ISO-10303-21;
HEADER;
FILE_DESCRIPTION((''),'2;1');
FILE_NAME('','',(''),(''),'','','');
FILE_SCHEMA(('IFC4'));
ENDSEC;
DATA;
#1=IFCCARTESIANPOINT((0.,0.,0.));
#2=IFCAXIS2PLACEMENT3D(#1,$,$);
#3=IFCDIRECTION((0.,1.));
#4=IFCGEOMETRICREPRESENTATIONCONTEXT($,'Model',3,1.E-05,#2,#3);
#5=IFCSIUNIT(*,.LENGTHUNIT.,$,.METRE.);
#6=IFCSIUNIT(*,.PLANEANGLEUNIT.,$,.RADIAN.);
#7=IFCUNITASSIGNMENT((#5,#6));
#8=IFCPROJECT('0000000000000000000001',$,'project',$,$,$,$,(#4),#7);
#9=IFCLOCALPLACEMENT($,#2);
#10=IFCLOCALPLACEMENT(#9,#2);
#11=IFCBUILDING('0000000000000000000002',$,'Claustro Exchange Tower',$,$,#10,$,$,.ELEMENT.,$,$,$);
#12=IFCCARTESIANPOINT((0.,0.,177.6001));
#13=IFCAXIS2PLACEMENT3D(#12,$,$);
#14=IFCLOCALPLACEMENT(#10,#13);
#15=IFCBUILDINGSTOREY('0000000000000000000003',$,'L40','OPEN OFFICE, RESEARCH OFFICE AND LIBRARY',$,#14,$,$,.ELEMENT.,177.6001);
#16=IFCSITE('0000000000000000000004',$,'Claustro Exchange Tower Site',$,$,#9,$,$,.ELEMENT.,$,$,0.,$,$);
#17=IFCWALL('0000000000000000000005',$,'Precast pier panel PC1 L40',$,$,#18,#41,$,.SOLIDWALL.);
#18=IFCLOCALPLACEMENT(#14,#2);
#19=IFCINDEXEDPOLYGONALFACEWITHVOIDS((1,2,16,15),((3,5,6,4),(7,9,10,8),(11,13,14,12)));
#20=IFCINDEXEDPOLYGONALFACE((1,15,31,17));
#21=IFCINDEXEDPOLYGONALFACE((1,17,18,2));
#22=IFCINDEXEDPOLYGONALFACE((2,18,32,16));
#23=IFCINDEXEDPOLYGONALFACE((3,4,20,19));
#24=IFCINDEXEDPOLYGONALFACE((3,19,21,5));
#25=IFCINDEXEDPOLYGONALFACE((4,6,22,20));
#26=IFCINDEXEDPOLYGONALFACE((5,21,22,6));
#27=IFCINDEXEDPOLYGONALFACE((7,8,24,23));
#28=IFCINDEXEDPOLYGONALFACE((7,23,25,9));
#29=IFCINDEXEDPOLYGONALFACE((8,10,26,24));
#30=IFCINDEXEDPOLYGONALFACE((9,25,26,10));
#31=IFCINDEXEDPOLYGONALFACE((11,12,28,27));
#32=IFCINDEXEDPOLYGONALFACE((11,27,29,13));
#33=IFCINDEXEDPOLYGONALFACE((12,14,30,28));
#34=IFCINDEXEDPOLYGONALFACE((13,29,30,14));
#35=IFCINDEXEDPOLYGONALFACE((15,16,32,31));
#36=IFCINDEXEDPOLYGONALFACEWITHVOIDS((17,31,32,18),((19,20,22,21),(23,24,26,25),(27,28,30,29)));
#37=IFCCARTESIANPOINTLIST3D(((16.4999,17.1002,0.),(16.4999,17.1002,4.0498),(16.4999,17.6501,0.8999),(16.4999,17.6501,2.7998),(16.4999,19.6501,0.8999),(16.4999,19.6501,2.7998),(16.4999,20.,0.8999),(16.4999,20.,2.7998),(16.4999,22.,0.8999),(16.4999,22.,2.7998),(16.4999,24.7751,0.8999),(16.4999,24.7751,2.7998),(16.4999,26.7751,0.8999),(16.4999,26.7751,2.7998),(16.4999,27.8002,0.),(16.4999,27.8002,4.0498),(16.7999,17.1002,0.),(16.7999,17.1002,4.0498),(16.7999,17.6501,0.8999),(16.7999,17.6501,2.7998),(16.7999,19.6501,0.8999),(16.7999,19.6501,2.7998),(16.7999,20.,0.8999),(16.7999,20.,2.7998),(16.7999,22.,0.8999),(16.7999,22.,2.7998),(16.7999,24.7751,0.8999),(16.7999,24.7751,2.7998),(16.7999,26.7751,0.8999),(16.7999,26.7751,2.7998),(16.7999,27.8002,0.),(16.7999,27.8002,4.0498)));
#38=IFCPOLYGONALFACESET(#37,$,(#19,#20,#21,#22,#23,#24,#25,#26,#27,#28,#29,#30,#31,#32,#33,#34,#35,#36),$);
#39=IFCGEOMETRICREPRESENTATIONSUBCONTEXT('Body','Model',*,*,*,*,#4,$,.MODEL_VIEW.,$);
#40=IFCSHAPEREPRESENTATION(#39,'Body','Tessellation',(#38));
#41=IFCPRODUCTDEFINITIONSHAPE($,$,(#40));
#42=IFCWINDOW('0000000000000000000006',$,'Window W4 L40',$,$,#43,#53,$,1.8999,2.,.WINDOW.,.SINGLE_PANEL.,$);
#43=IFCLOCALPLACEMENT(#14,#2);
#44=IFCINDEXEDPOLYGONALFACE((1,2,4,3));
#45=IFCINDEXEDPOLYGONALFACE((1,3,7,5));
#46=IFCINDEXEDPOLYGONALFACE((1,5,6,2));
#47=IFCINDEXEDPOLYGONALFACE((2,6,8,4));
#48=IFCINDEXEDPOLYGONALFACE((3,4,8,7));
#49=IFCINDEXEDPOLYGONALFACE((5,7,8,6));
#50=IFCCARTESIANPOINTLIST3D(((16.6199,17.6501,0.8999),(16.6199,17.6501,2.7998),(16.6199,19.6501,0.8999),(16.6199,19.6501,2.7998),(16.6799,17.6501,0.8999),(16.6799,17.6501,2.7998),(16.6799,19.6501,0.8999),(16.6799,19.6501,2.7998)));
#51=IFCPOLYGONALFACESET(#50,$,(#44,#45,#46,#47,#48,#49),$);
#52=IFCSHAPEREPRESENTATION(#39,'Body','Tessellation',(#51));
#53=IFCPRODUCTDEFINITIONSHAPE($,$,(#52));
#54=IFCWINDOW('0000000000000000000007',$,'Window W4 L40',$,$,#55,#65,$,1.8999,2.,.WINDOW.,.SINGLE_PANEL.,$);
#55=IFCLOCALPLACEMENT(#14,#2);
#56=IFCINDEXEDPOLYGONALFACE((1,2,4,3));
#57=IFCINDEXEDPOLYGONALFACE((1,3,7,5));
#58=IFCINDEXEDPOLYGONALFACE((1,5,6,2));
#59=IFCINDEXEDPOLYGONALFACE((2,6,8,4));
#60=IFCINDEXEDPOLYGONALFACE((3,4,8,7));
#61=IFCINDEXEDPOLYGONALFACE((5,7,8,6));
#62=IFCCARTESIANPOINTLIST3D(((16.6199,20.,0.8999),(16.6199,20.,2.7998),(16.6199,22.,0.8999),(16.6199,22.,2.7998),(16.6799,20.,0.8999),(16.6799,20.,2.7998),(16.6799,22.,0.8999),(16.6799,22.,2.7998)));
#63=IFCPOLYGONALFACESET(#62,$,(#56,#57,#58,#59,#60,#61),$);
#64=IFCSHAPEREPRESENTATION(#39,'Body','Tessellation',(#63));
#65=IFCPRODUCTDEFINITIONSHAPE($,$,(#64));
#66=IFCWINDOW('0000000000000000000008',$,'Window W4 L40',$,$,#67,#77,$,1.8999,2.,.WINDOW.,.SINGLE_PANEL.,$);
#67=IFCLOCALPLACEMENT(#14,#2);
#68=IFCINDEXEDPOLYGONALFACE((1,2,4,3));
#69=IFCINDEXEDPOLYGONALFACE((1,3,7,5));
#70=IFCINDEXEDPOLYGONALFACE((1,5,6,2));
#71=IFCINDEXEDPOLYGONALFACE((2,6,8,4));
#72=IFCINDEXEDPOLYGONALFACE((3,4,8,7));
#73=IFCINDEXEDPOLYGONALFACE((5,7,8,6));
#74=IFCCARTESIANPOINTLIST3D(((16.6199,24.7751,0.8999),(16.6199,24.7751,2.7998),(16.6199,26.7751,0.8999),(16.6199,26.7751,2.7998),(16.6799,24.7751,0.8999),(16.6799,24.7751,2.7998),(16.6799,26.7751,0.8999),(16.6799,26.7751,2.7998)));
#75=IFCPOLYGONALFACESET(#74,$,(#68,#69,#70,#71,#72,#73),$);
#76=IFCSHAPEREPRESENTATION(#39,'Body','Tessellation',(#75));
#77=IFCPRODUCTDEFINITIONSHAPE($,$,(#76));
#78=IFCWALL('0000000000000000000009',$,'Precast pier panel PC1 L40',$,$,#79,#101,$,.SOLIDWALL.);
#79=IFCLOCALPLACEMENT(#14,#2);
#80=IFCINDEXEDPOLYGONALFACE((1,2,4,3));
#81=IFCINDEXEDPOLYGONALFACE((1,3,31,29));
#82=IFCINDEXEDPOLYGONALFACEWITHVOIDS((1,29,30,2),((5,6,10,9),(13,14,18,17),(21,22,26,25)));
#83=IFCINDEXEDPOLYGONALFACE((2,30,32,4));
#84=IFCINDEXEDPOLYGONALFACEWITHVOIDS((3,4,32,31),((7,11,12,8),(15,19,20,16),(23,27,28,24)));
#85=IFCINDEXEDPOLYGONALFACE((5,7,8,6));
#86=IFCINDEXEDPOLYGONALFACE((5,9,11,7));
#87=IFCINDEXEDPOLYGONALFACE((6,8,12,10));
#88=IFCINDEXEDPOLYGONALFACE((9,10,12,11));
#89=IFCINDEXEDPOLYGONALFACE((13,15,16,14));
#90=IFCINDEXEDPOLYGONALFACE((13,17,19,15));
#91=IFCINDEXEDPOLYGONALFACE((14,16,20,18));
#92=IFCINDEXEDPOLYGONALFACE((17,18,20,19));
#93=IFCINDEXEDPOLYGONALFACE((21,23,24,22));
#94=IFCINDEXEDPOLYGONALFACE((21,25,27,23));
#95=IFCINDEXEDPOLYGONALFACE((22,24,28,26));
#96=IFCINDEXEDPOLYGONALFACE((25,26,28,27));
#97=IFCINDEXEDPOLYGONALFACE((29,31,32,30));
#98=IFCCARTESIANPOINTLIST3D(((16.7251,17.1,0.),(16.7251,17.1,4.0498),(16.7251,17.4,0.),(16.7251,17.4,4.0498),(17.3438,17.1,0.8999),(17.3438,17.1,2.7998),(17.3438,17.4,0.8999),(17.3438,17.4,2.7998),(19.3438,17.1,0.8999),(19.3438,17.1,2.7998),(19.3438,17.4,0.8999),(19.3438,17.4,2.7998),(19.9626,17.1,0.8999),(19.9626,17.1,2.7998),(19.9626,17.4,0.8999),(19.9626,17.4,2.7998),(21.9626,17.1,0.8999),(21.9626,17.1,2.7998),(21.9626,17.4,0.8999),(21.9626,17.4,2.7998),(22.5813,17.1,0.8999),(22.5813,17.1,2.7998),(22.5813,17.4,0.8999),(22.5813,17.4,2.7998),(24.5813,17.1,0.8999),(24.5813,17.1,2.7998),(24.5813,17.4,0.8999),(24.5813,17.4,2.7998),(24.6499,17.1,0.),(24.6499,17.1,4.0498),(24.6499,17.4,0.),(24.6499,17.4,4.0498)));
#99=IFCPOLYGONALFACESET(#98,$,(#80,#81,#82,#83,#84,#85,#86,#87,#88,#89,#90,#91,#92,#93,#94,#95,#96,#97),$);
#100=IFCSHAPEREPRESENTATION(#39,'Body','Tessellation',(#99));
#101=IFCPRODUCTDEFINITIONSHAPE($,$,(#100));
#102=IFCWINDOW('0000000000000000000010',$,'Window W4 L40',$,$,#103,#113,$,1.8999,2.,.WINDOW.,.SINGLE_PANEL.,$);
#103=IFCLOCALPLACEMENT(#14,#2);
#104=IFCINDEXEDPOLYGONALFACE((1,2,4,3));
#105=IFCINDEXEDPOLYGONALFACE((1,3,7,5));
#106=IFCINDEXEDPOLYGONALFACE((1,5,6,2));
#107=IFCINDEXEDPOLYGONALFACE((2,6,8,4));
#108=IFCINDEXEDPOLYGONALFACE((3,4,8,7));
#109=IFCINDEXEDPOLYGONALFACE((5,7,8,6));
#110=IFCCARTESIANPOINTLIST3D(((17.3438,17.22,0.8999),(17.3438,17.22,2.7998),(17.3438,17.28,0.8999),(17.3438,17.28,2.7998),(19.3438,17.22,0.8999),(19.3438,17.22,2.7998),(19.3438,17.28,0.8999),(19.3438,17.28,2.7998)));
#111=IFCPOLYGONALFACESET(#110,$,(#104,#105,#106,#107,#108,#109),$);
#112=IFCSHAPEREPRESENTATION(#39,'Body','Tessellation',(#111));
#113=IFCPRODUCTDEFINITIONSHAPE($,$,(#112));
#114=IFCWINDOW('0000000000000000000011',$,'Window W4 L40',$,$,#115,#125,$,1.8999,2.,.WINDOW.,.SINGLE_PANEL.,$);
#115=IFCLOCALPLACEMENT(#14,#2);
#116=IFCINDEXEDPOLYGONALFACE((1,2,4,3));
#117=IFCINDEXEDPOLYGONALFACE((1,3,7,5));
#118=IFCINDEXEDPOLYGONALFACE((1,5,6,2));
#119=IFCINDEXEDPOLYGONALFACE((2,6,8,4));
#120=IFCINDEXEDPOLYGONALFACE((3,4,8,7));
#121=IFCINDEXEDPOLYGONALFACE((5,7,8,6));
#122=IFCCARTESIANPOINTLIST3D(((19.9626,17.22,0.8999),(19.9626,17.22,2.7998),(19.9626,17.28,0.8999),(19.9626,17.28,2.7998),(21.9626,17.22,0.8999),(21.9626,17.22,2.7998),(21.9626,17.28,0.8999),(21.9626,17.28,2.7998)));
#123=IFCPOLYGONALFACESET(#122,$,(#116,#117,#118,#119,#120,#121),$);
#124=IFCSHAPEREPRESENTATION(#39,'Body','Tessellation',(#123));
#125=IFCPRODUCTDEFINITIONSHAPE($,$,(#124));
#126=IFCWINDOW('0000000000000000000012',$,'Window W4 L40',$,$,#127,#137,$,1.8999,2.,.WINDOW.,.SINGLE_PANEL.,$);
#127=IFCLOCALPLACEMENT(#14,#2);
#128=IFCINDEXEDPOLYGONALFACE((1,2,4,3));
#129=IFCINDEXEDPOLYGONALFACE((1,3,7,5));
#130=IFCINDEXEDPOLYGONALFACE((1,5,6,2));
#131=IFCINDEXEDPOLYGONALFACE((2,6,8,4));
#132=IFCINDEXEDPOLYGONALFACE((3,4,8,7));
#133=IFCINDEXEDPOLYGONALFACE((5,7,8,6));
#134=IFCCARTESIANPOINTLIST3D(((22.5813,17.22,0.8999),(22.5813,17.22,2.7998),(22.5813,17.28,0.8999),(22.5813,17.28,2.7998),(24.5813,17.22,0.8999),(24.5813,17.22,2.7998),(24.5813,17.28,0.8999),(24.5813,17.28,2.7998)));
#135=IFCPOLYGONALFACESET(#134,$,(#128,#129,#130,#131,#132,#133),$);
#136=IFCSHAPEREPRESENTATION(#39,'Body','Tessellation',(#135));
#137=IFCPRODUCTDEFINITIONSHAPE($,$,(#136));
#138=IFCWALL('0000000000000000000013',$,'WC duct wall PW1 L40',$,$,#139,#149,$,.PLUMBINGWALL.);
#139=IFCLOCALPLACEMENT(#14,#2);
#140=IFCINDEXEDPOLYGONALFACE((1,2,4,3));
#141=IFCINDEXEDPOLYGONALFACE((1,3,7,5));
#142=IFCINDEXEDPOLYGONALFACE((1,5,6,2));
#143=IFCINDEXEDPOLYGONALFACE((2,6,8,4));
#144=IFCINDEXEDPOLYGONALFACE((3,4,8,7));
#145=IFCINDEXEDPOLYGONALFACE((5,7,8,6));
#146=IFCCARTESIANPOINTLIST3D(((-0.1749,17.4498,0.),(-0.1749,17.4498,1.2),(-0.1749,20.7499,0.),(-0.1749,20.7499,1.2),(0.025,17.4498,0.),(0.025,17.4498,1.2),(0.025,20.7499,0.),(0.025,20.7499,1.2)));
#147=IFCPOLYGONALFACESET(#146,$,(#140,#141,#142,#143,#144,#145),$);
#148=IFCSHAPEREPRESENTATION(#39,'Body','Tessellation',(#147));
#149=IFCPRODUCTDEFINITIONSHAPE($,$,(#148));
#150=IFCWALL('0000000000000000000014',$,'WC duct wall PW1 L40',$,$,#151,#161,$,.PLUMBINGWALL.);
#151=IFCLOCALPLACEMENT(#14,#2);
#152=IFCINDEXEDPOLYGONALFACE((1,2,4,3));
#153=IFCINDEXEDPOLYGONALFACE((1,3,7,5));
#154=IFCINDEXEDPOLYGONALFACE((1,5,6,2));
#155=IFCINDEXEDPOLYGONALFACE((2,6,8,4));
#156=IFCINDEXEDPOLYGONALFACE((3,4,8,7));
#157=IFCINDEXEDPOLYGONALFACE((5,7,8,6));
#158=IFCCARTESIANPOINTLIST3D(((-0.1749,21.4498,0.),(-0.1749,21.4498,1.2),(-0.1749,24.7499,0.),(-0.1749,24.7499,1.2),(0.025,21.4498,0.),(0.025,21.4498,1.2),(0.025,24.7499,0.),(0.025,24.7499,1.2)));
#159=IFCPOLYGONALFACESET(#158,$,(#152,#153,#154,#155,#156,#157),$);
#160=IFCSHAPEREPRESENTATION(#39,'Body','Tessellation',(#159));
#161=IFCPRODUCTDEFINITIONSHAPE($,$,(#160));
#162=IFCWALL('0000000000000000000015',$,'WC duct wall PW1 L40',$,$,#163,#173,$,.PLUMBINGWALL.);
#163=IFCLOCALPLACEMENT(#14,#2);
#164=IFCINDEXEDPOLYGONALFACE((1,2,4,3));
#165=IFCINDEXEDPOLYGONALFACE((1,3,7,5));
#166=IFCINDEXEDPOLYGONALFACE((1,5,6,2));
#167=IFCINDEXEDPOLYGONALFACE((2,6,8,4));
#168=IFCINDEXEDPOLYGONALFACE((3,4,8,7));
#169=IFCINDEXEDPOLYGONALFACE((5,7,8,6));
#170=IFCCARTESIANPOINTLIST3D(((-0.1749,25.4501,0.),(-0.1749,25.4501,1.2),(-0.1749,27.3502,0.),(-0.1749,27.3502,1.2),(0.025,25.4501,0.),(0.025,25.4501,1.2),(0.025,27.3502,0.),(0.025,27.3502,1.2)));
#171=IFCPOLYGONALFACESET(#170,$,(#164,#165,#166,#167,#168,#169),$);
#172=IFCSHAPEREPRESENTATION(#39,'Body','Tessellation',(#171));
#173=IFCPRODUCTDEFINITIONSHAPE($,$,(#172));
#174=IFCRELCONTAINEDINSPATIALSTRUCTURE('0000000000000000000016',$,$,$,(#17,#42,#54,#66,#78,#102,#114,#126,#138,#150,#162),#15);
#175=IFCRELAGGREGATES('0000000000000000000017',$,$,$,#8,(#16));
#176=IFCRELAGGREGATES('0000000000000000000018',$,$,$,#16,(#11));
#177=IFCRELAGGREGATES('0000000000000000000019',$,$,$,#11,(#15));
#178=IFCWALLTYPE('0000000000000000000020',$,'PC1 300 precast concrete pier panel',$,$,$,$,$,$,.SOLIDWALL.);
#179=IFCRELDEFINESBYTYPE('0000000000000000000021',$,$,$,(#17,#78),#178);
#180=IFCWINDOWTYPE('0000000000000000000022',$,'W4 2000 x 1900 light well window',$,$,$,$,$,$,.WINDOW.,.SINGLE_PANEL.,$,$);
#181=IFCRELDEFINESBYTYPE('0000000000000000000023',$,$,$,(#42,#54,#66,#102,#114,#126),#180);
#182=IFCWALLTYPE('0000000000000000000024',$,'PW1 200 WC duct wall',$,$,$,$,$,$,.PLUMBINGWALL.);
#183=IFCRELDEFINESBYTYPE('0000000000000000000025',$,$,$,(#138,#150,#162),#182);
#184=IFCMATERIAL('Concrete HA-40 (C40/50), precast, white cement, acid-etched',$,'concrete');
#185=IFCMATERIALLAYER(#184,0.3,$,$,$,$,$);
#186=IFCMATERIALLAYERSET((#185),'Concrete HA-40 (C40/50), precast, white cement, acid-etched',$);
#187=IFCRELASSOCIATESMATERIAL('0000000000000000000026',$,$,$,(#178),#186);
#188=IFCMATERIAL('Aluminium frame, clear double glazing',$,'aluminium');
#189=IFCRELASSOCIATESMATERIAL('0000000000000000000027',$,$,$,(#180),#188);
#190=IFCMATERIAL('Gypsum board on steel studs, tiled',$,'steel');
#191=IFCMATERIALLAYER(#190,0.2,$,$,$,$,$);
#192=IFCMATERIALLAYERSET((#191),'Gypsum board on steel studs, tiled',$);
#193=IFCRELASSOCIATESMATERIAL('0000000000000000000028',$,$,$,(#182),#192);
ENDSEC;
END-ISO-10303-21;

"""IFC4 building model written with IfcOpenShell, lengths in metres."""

from ifc_helpers import new_model, si_unit, direction, frame, frame_2d, origin, place, context, subcontext, project, spatial, rectangle, extrude, material, layer, layer_set, type_object, element, fill, save


model = new_model("IFC4")

# Units and contexts
model_context = context("Model", 3, precision=1e-05, world=origin(), true_north=direction((0.0, 1.0)))
body_context = subcontext(model_context, "Body", "Model", "MODEL_VIEW")
ifc_project = project(units=[si_unit("LENGTHUNIT", "METRE"), si_unit("PLANEANGLEUNIT", "RADIAN")], contexts=[model_context])

# Site, building, storey
site_placement = place(None, origin())
site = spatial("IfcSite", under=ifc_project, at=site_placement, Name="Claustro Exchange Tower Site", CompositionType="ELEMENT", RefElevation=0.0)
building_placement = place(site_placement, origin())
building = spatial("IfcBuilding", under=site, at=building_placement, Name="Claustro Exchange Tower", CompositionType="ELEMENT")
storey_placement = place(building_placement, frame((0.0, 0.0, 177.6001)))
storey = spatial("IfcBuildingStorey", under=building, at=storey_placement, Name="L40", Description="OPEN OFFICE, RESEARCH OFFICE AND LIBRARY", CompositionType="ELEMENT", Elevation=177.6001)

# Walls, openings, windows
ifc_material_1 = material(Name="Concrete HA-40 (C40/50), precast, white cement, acid-etched", Category="concrete")
ifc_layer_1 = layer(ifc_material_1, 0.3)
ifc_layer_set_1 = layer_set([ifc_layer_1], Name="Concrete HA-40 (C40/50), precast, white cement, acid-etched")
wall_type_1 = type_object("IfcWallType", Name="PC1 300 precast concrete pier panel", PredefinedType="SOLIDWALL", material=ifc_layer_set_1)
wall_1_placement = place(storey_placement, frame((16.6499, 17.1001, 0.0), z_axis=(0.0, 0.0, 1.0), x_axis=(0.0, 1.0, 0.0)))
wall_1 = element("IfcWall", 1, at=wall_1_placement, inside=storey, type_object=wall_type_1, Name="Precast pier panel PC1 L40", PredefinedType="SOLIDWALL", context=body_context, shape_type="SweptSolid", body=[
    extrude(rectangle(XDim=10.7, YDim=0.3, at=frame_2d((5.3501, 0.0))), origin(), (0.0, 0.0, 1.0), 4.0498),
])
opening_1_placement = place(wall_1_placement, frame((0.55, 0.0, 0.8999)))
opening_1 = element("IfcOpeningElement", 2, at=opening_1_placement, cuts=wall_1, PredefinedType="OPENING", context=body_context, shape_type="SweptSolid", body=[
    extrude(rectangle(XDim=2.0, YDim=1.8999, at=frame_2d((1.0, 0.95))), frame((0.0, 0.1599, 0.0), z_axis=(0.0, -1.0, 0.0), x_axis=(1.0, 0.0, 0.0)), (0.0, 0.0, 1.0), 0.3201),
])
opening_2_placement = place(wall_1_placement, frame((2.8999, 0.0, 0.8999)))
opening_2 = element("IfcOpeningElement", 3, at=opening_2_placement, cuts=wall_1, PredefinedType="OPENING", context=body_context, shape_type="SweptSolid", body=[
    extrude(rectangle(XDim=2.0, YDim=1.8999, at=frame_2d((1.0, 0.95))), frame((0.0, 0.1599, 0.0), z_axis=(0.0, -1.0, 0.0), x_axis=(1.0, 0.0, 0.0)), (0.0, 0.0, 1.0), 0.3201),
])
opening_3_placement = place(wall_1_placement, frame((7.675, 0.0, 0.8999)))
opening_3 = element("IfcOpeningElement", 4, at=opening_3_placement, cuts=wall_1, PredefinedType="OPENING", context=body_context, shape_type="SweptSolid", body=[
    extrude(rectangle(XDim=2.0, YDim=1.8999, at=frame_2d((1.0, 0.95))), frame((0.0, 0.1599, 0.0), z_axis=(0.0, -1.0, 0.0), x_axis=(1.0, 0.0, 0.0)), (0.0, 0.0, 1.0), 0.3201),
])
ifc_material_2 = material(Name="Aluminium frame, clear double glazing", Category="aluminium")
window_type = type_object("IfcWindowType", Name="W4 2000 x 1900 light well window", PartitioningType="SINGLE_PANEL", PredefinedType="WINDOW", material=ifc_material_2)
window_1_placement = place(opening_1_placement, origin())
window_1 = element("IfcWindow", 5, at=window_1_placement, inside=storey, type_object=window_type, Name="Window W4 L40", OverallHeight=1.8999, OverallWidth=2.0, PartitioningType="SINGLE_PANEL", PredefinedType="WINDOW", context=body_context, shape_type="SweptSolid", body=[
    extrude(rectangle(XDim=2.0, YDim=1.8999, at=frame_2d((1.0, 0.95))), frame((0.0, 0.03, 0.0), z_axis=(0.0, -1.0, 0.0), x_axis=(1.0, 0.0, 0.0)), (0.0, 0.0, 1.0), 0.0601),
])
fill(opening_1, window_1)
window_2_placement = place(opening_2_placement, origin())
window_2 = element("IfcWindow", 6, at=window_2_placement, inside=storey, type_object=window_type, Name="Window W4 L40", OverallHeight=1.8999, OverallWidth=2.0, PartitioningType="SINGLE_PANEL", PredefinedType="WINDOW", context=body_context, shape_type="SweptSolid", body=[
    extrude(rectangle(XDim=2.0, YDim=1.8999, at=frame_2d((1.0, 0.95))), frame((0.0, 0.03, 0.0), z_axis=(0.0, -1.0, 0.0), x_axis=(1.0, 0.0, 0.0)), (0.0, 0.0, 1.0), 0.0601),
])
fill(opening_2, window_2)
window_3_placement = place(opening_3_placement, origin())
window_3 = element("IfcWindow", 7, at=window_3_placement, inside=storey, type_object=window_type, Name="Window W4 L40", OverallHeight=1.8999, OverallWidth=2.0, PartitioningType="SINGLE_PANEL", PredefinedType="WINDOW", context=body_context, shape_type="SweptSolid", body=[
    extrude(rectangle(XDim=2.0, YDim=1.8999, at=frame_2d((1.0, 0.95))), frame((0.0, 0.03, 0.0), z_axis=(0.0, -1.0, 0.0), x_axis=(1.0, 0.0, 0.0)), (0.0, 0.0, 1.0), 0.0601),
])
fill(opening_3, window_3)
wall_2_placement = place(storey_placement, frame((16.7251, 17.25, 0.0), z_axis=(0.0, 0.0, 1.0), x_axis=(1.0, 0.0, 0.0)))
wall_2 = element("IfcWall", 8, at=wall_2_placement, inside=storey, type_object=wall_type_1, Name="Precast pier panel PC1 L40", PredefinedType="SOLIDWALL", context=body_context, shape_type="SweptSolid", body=[
    extrude(rectangle(XDim=7.9248, YDim=0.3, at=frame_2d((3.9624, 0.0))), origin(), (0.0, 0.0, 1.0), 4.0498),
])
opening_4_placement = place(wall_2_placement, frame((0.6187, 0.0, 0.8999)))
opening_4 = element("IfcOpeningElement", 9, at=opening_4_placement, cuts=wall_2, PredefinedType="OPENING", context=body_context, shape_type="SweptSolid", body=[
    extrude(rectangle(XDim=2.0, YDim=1.8999, at=frame_2d((1.0, 0.95))), frame((0.0, 0.1599, 0.0), z_axis=(0.0, -1.0, 0.0), x_axis=(1.0, 0.0, 0.0)), (0.0, 0.0, 1.0), 0.3201),
])
opening_5_placement = place(wall_2_placement, frame((3.2375, 0.0, 0.8999)))
opening_5 = element("IfcOpeningElement", 10, at=opening_5_placement, cuts=wall_2, PredefinedType="OPENING", context=body_context, shape_type="SweptSolid", body=[
    extrude(rectangle(XDim=2.0, YDim=1.8999, at=frame_2d((1.0, 0.95))), frame((0.0, 0.1599, 0.0), z_axis=(0.0, -1.0, 0.0), x_axis=(1.0, 0.0, 0.0)), (0.0, 0.0, 1.0), 0.3201),
])
opening_6_placement = place(wall_2_placement, frame((5.8562, 0.0, 0.8999)))
opening_6 = element("IfcOpeningElement", 11, at=opening_6_placement, cuts=wall_2, PredefinedType="OPENING", context=body_context, shape_type="SweptSolid", body=[
    extrude(rectangle(XDim=2.0, YDim=1.8999, at=frame_2d((1.0, 0.95))), frame((0.0, 0.1599, 0.0), z_axis=(0.0, -1.0, 0.0), x_axis=(1.0, 0.0, 0.0)), (0.0, 0.0, 1.0), 0.3201),
])
window_4_placement = place(opening_4_placement, origin())
window_4 = element("IfcWindow", 12, at=window_4_placement, inside=storey, type_object=window_type, Name="Window W4 L40", OverallHeight=1.8999, OverallWidth=2.0, PartitioningType="SINGLE_PANEL", PredefinedType="WINDOW", context=body_context, shape_type="SweptSolid", body=[
    extrude(rectangle(XDim=2.0, YDim=1.8999, at=frame_2d((1.0, 0.95))), frame((0.0, 0.03, 0.0), z_axis=(0.0, -1.0, 0.0), x_axis=(1.0, 0.0, 0.0)), (0.0, 0.0, 1.0), 0.0601),
])
fill(opening_4, window_4)
window_5_placement = place(opening_5_placement, origin())
window_5 = element("IfcWindow", 13, at=window_5_placement, inside=storey, type_object=window_type, Name="Window W4 L40", OverallHeight=1.8999, OverallWidth=2.0, PartitioningType="SINGLE_PANEL", PredefinedType="WINDOW", context=body_context, shape_type="SweptSolid", body=[
    extrude(rectangle(XDim=2.0, YDim=1.8999, at=frame_2d((1.0, 0.95))), frame((0.0, 0.03, 0.0), z_axis=(0.0, -1.0, 0.0), x_axis=(1.0, 0.0, 0.0)), (0.0, 0.0, 1.0), 0.0601),
])
fill(opening_5, window_5)
window_6_placement = place(opening_6_placement, origin())
window_6 = element("IfcWindow", 14, at=window_6_placement, inside=storey, type_object=window_type, Name="Window W4 L40", OverallHeight=1.8999, OverallWidth=2.0, PartitioningType="SINGLE_PANEL", PredefinedType="WINDOW", context=body_context, shape_type="SweptSolid", body=[
    extrude(rectangle(XDim=2.0, YDim=1.8999, at=frame_2d((1.0, 0.95))), frame((0.0, 0.03, 0.0), z_axis=(0.0, -1.0, 0.0), x_axis=(1.0, 0.0, 0.0)), (0.0, 0.0, 1.0), 0.0601),
])
fill(opening_6, window_6)

# Walls
ifc_material_3 = material(Name="Gypsum board on steel studs, tiled", Category="steel")
ifc_layer_2 = layer(ifc_material_3, 0.2)
ifc_layer_set_2 = layer_set([ifc_layer_2], Name="Gypsum board on steel studs, tiled")
wall_type_2 = type_object("IfcWallType", Name="PW1 200 WC duct wall", PredefinedType="PLUMBINGWALL", material=ifc_layer_set_2)
for number, where, z_axis, x_axis, name in (
    (15, (-0.075, 17.45, 0.0), (0.0, 0.0, 1.0), (0.0, 1.0, 0.0), "WC duct wall PW1 L40"),
    (16, (-0.075, 21.45, 0.0), (0.0, 0.0, 1.0), (0.0, 1.0, 0.0), "WC duct wall PW1 L40"),
):
    element("IfcWall", number, at=place(storey_placement, frame(where, z_axis=z_axis, x_axis=x_axis)), inside=storey, type_object=wall_type_2, Name=name, PredefinedType="PLUMBINGWALL", context=body_context, shape_type="SweptSolid", body=[
        extrude(rectangle(XDim=3.3, YDim=0.2, at=frame_2d((1.6499, 0.0))), origin(), (0.0, 0.0, 1.0), 1.2),
    ])
wall_3_placement = place(storey_placement, frame((-0.075, 25.45, 0.0), z_axis=(0.0, 0.0, 1.0), x_axis=(0.0, 1.0, 0.0)))
element("IfcWall", 17, at=wall_3_placement, inside=storey, type_object=wall_type_2, Name="WC duct wall PW1 L40", PredefinedType="PLUMBINGWALL", context=body_context, shape_type="SweptSolid", body=[
    extrude(rectangle(XDim=1.9001, YDim=0.2, at=frame_2d((0.9502, 0.0))), origin(), (0.0, 0.0, 1.0), 1.2),
])

save(model, "model.ifc")
